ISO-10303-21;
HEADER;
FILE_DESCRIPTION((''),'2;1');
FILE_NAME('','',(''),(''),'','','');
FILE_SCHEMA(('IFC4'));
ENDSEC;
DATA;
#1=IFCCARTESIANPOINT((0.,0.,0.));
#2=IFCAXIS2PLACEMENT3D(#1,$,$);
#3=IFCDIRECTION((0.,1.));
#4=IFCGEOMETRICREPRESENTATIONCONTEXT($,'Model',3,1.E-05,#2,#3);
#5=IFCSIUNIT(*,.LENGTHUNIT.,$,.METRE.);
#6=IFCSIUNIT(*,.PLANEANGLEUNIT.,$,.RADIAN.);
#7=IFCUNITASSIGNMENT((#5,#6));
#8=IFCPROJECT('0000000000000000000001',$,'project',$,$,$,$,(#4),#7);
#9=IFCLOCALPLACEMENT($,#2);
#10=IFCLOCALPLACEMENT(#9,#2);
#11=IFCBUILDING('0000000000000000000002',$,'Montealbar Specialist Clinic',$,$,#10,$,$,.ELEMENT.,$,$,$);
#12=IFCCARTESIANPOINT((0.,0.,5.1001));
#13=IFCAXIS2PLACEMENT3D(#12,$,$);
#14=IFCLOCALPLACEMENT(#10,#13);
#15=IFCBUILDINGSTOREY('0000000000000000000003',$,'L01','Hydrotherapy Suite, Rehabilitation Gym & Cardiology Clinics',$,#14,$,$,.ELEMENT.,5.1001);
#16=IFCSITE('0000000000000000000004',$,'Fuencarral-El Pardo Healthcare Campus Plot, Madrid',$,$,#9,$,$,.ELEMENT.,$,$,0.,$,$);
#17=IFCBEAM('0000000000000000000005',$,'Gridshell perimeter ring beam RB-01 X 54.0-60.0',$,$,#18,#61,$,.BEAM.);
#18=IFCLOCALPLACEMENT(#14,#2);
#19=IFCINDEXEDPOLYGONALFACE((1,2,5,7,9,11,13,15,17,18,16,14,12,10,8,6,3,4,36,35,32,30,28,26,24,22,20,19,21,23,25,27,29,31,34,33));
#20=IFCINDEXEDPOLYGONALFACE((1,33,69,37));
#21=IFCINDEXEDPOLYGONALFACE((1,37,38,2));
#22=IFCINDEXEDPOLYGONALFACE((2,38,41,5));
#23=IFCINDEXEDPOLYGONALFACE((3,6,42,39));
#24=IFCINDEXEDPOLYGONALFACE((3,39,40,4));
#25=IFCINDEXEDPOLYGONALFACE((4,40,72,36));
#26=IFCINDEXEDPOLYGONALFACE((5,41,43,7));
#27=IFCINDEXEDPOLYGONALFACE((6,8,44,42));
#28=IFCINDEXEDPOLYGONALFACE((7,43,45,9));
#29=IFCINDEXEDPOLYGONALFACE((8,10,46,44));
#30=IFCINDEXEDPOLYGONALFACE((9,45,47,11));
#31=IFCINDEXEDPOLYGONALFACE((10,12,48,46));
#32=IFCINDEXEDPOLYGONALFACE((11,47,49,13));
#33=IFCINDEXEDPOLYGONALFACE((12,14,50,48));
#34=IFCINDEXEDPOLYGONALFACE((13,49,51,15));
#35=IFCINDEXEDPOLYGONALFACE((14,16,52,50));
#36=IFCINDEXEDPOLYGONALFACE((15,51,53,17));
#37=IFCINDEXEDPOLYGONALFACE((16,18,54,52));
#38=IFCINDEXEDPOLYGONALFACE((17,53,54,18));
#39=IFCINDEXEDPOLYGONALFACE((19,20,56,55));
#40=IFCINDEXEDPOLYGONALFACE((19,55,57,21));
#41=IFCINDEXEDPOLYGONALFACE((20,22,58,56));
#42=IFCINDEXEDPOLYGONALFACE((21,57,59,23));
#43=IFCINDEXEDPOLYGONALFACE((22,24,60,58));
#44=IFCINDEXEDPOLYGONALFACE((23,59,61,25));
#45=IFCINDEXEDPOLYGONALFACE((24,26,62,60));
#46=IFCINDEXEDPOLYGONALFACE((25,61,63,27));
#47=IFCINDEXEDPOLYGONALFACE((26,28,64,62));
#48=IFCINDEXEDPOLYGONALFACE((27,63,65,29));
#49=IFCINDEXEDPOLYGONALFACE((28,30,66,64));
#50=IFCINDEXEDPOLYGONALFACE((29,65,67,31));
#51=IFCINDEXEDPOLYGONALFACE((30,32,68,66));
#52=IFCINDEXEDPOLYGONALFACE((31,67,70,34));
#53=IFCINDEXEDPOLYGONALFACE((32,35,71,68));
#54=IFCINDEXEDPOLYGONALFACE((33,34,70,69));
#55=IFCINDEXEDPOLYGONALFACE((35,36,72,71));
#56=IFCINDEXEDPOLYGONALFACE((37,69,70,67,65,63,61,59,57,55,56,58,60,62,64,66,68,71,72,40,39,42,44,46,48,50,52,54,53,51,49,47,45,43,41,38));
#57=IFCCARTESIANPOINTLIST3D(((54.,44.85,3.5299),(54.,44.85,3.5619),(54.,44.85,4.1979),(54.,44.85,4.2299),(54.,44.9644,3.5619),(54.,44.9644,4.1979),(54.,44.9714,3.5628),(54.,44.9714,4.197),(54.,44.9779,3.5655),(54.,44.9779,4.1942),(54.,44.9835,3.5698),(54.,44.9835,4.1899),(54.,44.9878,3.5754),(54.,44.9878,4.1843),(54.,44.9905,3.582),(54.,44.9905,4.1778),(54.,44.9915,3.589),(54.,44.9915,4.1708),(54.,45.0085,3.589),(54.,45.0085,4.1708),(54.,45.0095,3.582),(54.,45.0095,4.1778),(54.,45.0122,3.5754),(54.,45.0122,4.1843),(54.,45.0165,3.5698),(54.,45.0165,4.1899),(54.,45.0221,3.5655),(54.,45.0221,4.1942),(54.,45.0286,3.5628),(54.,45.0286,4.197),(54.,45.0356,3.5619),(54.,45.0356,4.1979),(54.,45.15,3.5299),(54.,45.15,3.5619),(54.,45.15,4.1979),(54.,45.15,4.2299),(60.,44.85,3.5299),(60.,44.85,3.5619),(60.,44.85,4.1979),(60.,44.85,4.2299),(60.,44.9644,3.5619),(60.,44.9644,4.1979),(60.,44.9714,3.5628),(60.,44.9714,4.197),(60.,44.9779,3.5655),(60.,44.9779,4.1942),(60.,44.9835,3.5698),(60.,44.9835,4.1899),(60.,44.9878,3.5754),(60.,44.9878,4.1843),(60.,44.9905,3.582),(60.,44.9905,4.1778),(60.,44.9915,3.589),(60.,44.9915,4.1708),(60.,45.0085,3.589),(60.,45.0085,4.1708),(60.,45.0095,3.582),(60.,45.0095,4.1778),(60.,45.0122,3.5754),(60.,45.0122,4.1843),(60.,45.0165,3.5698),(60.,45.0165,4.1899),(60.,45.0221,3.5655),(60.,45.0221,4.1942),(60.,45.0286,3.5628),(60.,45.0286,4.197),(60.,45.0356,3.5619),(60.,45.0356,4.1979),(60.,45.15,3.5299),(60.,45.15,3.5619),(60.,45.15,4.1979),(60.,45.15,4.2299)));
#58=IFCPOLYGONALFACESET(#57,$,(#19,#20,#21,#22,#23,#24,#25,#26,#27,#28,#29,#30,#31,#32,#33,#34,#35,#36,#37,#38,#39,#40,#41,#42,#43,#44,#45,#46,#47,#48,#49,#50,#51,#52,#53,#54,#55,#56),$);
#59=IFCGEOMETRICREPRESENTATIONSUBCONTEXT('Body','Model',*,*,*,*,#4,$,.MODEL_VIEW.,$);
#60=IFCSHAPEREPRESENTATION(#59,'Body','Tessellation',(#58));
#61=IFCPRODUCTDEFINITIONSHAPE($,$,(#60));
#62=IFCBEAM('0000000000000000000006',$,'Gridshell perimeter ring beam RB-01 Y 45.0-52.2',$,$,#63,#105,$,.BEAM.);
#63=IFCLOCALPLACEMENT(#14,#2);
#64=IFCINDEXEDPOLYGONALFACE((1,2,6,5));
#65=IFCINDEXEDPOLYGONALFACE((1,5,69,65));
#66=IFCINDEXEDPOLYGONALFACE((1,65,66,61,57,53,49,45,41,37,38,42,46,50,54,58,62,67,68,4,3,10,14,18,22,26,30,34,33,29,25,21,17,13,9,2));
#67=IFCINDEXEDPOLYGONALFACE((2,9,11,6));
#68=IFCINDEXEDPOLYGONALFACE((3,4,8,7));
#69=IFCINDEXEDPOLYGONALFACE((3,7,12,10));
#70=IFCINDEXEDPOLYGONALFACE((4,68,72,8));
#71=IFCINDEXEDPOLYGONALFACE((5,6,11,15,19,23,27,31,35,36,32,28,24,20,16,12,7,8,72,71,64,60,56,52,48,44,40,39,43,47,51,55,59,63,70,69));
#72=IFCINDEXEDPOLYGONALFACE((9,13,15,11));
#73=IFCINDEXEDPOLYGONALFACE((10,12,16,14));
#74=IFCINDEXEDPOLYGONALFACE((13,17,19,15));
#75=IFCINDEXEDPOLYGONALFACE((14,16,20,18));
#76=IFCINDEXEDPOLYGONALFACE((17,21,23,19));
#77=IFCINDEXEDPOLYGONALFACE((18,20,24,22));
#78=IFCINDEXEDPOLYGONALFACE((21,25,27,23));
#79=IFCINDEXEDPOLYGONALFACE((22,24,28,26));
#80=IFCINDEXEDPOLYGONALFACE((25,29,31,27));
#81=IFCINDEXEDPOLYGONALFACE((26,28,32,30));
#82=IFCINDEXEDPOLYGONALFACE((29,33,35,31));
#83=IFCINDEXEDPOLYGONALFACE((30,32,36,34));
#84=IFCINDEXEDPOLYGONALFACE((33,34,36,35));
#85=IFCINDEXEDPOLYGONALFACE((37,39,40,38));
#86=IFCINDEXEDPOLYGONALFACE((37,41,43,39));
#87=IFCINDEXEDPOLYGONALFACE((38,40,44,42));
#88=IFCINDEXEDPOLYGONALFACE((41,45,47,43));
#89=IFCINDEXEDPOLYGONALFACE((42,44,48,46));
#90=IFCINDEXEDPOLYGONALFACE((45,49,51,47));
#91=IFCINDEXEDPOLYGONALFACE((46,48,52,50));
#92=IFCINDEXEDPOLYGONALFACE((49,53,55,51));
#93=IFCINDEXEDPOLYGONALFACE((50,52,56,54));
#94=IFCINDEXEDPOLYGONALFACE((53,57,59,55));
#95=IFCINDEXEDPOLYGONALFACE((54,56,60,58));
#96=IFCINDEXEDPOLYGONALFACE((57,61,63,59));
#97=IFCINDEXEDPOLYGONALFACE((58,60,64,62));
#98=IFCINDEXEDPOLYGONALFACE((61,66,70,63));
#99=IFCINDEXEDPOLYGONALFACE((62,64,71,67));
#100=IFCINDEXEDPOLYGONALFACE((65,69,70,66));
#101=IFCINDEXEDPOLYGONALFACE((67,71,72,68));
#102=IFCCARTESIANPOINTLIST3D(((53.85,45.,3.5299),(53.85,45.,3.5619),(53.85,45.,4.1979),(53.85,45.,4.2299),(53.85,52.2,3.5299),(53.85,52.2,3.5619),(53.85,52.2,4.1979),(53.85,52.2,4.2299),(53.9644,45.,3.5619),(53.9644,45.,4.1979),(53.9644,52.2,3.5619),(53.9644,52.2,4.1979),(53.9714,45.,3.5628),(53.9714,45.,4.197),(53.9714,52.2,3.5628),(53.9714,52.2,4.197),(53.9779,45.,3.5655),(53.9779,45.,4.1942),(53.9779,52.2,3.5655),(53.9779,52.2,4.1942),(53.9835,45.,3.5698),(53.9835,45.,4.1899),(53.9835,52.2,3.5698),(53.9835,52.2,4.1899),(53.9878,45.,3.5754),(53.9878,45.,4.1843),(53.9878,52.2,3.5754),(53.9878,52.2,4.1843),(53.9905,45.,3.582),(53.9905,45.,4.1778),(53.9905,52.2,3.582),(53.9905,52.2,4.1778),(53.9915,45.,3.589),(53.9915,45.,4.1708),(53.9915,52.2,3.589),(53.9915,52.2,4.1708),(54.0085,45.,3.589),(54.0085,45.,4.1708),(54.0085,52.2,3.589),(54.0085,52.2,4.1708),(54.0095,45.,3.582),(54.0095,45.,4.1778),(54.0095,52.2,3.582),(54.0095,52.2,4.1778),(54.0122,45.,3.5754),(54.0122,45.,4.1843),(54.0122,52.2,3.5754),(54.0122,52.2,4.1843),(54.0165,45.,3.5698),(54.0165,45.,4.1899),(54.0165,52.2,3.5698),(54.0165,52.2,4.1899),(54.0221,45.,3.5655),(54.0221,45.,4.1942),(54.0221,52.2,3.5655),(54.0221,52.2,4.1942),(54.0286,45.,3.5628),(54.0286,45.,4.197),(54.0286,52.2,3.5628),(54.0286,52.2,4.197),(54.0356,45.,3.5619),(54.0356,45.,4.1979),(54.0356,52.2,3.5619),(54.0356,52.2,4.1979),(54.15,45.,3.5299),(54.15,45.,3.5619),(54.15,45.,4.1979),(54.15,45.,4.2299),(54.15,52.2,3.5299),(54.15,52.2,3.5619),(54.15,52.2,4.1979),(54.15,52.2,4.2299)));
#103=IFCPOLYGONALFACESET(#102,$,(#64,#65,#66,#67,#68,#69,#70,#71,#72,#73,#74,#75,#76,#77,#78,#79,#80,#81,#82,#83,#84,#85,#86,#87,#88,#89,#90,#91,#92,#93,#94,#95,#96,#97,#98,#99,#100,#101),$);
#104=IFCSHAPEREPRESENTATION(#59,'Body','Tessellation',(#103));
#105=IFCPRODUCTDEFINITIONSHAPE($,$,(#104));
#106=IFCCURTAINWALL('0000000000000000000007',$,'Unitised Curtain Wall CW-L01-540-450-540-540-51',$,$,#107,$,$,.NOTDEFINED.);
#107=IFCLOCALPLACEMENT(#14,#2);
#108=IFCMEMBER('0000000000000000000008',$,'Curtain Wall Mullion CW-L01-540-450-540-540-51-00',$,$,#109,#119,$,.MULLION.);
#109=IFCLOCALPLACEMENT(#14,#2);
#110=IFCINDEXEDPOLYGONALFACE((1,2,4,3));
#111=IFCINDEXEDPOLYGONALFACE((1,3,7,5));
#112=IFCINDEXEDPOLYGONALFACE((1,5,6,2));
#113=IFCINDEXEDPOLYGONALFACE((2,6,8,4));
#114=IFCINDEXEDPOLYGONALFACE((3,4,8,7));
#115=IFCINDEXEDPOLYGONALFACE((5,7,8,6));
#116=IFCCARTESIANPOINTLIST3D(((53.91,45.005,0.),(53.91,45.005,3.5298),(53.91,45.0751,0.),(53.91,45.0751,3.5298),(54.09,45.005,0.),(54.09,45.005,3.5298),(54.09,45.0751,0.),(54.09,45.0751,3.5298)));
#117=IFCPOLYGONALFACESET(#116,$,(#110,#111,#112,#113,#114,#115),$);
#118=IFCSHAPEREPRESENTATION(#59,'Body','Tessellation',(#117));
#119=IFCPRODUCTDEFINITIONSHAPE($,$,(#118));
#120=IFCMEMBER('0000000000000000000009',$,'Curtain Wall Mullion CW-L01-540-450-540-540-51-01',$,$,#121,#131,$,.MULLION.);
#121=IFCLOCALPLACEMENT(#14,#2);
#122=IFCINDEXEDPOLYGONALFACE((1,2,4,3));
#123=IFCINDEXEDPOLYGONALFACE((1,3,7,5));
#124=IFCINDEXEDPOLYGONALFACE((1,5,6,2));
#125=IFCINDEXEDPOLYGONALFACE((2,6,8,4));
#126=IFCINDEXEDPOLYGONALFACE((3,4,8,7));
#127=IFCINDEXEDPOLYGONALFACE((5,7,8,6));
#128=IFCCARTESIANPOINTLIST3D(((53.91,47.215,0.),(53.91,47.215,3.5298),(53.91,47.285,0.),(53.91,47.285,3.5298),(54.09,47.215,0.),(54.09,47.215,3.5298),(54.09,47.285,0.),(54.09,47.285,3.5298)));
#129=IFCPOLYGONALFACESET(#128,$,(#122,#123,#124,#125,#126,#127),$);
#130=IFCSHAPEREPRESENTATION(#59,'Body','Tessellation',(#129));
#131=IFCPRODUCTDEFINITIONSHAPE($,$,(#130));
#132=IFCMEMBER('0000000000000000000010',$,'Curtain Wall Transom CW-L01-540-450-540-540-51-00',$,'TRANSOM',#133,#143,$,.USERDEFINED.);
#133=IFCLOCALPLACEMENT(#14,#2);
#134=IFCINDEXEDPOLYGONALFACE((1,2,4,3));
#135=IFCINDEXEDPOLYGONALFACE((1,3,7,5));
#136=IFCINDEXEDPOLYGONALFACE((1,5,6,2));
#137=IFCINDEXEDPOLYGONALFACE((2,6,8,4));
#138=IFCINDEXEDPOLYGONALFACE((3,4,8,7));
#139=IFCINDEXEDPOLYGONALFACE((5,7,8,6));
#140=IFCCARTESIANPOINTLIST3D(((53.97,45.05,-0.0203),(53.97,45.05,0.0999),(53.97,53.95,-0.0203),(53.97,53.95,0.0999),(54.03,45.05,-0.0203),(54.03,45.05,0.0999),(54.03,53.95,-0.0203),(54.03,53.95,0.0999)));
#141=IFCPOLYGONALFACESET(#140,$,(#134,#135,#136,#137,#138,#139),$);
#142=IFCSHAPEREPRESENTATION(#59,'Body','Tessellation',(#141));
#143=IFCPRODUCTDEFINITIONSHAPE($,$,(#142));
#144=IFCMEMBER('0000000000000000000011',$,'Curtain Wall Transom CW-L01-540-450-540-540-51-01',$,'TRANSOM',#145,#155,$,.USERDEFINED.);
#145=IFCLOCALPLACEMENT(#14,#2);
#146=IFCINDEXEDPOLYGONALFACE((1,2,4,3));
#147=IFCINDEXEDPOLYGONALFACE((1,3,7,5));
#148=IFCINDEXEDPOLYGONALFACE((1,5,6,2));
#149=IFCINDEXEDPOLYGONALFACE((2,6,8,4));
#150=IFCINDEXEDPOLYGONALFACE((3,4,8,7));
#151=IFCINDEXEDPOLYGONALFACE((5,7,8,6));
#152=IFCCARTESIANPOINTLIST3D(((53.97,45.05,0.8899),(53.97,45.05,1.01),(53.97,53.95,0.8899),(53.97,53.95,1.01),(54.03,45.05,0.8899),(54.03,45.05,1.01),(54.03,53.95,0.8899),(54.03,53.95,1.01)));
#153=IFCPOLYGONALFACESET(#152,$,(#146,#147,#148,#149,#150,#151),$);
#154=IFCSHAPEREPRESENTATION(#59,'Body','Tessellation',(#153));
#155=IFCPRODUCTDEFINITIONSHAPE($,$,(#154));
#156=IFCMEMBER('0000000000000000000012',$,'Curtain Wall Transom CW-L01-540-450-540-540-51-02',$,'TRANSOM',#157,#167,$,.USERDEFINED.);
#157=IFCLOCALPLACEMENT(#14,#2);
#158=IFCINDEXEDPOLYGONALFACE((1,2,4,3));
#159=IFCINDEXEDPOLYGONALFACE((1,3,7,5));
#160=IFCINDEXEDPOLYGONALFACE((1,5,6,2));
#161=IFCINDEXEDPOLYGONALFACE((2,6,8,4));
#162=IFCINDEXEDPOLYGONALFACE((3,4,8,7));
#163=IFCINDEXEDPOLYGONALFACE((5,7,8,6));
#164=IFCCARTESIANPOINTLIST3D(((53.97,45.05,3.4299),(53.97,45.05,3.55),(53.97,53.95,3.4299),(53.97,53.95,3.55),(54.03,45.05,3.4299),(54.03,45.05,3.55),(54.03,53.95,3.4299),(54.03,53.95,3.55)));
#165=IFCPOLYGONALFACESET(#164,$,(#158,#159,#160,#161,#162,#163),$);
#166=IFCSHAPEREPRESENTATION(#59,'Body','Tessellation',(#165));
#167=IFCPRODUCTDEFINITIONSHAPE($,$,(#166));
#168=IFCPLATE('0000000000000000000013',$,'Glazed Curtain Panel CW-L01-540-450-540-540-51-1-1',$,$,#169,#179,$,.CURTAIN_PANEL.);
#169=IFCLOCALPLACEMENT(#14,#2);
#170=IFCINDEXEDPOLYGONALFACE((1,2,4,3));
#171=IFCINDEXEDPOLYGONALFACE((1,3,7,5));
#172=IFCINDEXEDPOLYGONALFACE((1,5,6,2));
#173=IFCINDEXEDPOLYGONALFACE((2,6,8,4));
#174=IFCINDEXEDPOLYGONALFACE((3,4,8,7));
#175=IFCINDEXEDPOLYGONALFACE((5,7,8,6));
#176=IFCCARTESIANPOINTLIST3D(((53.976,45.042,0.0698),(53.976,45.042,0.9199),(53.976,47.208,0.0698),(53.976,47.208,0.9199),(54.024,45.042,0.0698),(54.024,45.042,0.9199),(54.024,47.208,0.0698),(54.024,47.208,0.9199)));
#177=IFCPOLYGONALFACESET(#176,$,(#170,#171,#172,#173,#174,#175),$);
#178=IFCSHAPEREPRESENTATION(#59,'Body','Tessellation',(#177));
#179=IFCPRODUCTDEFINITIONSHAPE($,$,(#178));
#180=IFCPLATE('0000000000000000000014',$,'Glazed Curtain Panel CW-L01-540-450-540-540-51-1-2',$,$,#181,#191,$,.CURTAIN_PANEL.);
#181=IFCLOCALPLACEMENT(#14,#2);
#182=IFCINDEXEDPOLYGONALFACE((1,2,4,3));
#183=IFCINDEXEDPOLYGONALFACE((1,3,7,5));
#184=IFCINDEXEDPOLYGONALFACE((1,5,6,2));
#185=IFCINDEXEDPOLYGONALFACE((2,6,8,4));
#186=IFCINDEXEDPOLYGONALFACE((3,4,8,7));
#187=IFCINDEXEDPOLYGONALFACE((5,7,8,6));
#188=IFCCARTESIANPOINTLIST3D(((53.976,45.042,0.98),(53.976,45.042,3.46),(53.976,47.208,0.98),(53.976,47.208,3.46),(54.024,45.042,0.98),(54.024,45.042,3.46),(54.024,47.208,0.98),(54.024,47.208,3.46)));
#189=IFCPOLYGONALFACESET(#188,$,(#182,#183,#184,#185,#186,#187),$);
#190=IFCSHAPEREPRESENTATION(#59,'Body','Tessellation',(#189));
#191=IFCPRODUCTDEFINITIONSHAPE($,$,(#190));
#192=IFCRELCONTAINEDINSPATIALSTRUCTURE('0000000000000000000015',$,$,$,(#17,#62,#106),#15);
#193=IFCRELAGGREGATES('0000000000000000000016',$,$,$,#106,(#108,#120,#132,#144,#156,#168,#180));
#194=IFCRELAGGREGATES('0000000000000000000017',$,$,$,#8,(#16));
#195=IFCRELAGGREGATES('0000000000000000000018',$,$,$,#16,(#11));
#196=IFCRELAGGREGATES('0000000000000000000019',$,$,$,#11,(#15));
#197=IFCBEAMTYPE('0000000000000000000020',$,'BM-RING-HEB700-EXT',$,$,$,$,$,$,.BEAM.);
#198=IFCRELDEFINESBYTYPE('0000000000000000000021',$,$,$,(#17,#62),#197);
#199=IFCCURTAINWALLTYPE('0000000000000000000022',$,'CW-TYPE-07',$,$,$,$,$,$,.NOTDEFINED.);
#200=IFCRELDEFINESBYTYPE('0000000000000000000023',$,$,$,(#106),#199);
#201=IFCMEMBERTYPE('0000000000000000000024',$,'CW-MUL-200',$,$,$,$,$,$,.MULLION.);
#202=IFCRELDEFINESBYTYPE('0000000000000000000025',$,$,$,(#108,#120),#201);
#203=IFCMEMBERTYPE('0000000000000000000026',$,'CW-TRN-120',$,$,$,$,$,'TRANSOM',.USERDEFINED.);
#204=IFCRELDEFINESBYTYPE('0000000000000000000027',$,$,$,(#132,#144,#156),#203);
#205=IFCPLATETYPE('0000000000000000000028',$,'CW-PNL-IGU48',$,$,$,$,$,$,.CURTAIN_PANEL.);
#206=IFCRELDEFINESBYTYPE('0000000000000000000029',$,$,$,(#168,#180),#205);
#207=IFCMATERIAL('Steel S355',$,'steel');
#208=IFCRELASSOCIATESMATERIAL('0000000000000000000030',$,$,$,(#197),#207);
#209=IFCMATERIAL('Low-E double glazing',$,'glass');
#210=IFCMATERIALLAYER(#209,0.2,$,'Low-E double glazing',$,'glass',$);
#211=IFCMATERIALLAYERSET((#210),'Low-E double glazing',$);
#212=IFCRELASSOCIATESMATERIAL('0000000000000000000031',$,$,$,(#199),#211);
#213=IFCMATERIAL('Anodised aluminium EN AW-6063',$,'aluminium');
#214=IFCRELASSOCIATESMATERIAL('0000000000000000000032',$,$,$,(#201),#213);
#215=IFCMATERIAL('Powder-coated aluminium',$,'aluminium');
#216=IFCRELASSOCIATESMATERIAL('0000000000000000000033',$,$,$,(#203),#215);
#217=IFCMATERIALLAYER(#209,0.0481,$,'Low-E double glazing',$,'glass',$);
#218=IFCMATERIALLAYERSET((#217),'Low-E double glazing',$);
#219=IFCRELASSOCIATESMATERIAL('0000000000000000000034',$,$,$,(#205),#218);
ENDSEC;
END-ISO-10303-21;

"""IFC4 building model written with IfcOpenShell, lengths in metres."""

from ifc_helpers import new_model, si_unit, direction, frame, origin, origin_2d, place, context, subcontext, project, spatial, rectangle, i_section, extrude, material, layer, layer_set, material_profile, profile_set, type_object, element, aggregate, save


model = new_model("IFC4")

# Units and contexts
model_context = context("Model", 3, precision=1e-05, world=origin(), true_north=direction((0.0, 1.0)))
body_context = subcontext(model_context, "Body", "Model", "MODEL_VIEW")
ifc_project = project(units=[si_unit("LENGTHUNIT", "METRE"), si_unit("PLANEANGLEUNIT", "RADIAN")], contexts=[model_context])

# Site, building, storey
site_placement = place(None, origin())
site = spatial("IfcSite", under=ifc_project, at=site_placement, Name="Fuencarral-El Pardo Healthcare Campus Plot, Madrid", CompositionType="ELEMENT", RefElevation=0.0)
building_placement = place(site_placement, origin())
building = spatial("IfcBuilding", under=site, at=building_placement, Name="Montealbar Specialist Clinic", CompositionType="ELEMENT")
storey_placement = place(building_placement, frame((0.0, 0.0, 5.1001)))
storey = spatial("IfcBuildingStorey", under=building, at=storey_placement, Name="L01", Description="Hydrotherapy Suite, Rehabilitation Gym & Cardiology Clinics", CompositionType="ELEMENT", Elevation=5.1001)

# Shared definitions
ifc_material_1 = material(Name="Steel S355", Category="steel")

# Beams
ifc_material_profile_1 = material_profile(ifc_material_1, i_section(OverallWidth=0.3, OverallDepth=0.7, WebThickness=0.0171, FlangeThickness=0.032, FilletRadius=0.0271, at=origin_2d()), Name="HEB 700", Category="steel")
ifc_profile_set_1 = profile_set([ifc_material_profile_1], Name="Steel S355")
beam_type_1 = type_object("IfcBeamType", Name="BM-RING-HEB700-EXT", PredefinedType="BEAM", material=ifc_profile_set_1)
beam_1_placement = place(storey_placement, frame((54.0, 45.0, 3.8799), z_axis=(1.0, 0.0, 0.0), x_axis=(0.0, 1.0, 0.0)))
element("IfcBeam", 1, at=beam_1_placement, inside=storey, type_object=beam_type_1, Name="Gridshell perimeter ring beam RB-01 X 54.0-60.0", PredefinedType="BEAM", context=body_context, shape_type="SweptSolid", body=[
    extrude(i_section(OverallWidth=0.3, OverallDepth=0.7, WebThickness=0.0171, FlangeThickness=0.032, FilletRadius=0.0271, at=origin_2d()), origin(), (0.0, 0.0, 1.0), 6.0),
])
beam_2_placement = place(storey_placement, frame((54.0, 45.0, 3.8799), z_axis=(0.0, 1.0, 0.0), x_axis=(-1.0, 0.0, 0.0)))
element("IfcBeam", 2, at=beam_2_placement, inside=storey, type_object=beam_type_1, Name="Gridshell perimeter ring beam RB-01 Y 45.0-52.2", PredefinedType="BEAM", context=body_context, shape_type="SweptSolid", body=[
    extrude(i_section(OverallWidth=0.3, OverallDepth=0.7, WebThickness=0.0171, FlangeThickness=0.032, FilletRadius=0.0271, at=origin_2d()), origin(), (0.0, 0.0, 1.0), 7.2),
])

# Curtain wall, members, plates
ifc_material_2 = material(Name="Low-E double glazing", Category="glass")
ifc_layer_1 = layer(ifc_material_2, 0.2, Name="Low-E double glazing", Category="glass")
ifc_layer_set_1 = layer_set([ifc_layer_1], Name="Low-E double glazing")
curtain_wall_type = type_object("IfcCurtainWallType", Name="CW-TYPE-07", PredefinedType="NOTDEFINED", material=ifc_layer_set_1)
curtain_wall_placement = place(storey_placement, origin())
curtain_wall = element("IfcCurtainWall", 3, at=curtain_wall_placement, inside=storey, type_object=curtain_wall_type, Name="Unitised Curtain Wall CW-L01-540-450-540-540-51", PredefinedType="NOTDEFINED")
ifc_material_3 = material(Name="Anodised aluminium EN AW-6063", Category="aluminium")
ifc_material_profile_2 = material_profile(ifc_material_3, rectangle(XDim=0.0701, YDim=0.1799, at=origin_2d()), Name="ALU 70x180", Category="aluminium")
ifc_profile_set_2 = profile_set([ifc_material_profile_2], Name="Anodised aluminium EN AW-6063")
member_type_1 = type_object("IfcMemberType", Name="CW-MUL-200", PredefinedType="MULLION", material=ifc_profile_set_2)
member_1_placement = place(storey_placement, frame((54.0, 45.04, 0.0), z_axis=(0.0, 0.0, 1.0), x_axis=(0.0, 1.0, 0.0)))
member_1 = element("IfcMember", 4, at=member_1_placement, type_object=member_type_1, Name="Curtain Wall Mullion CW-L01-540-450-540-540-51-00", PredefinedType="MULLION", context=body_context, shape_type="SweptSolid", body=[
    extrude(rectangle(XDim=0.0701, YDim=0.1799, at=origin_2d()), origin(), (0.0, 0.0, 1.0), 3.5298),
])
member_2_placement = place(storey_placement, frame((54.0, 47.25, 0.0), z_axis=(0.0, 0.0, 1.0), x_axis=(0.0, 1.0, 0.0)))
member_2 = element("IfcMember", 5, at=member_2_placement, type_object=member_type_1, Name="Curtain Wall Mullion CW-L01-540-450-540-540-51-01", PredefinedType="MULLION", context=body_context, shape_type="SweptSolid", body=[
    extrude(rectangle(XDim=0.0701, YDim=0.1799, at=origin_2d()), origin(), (0.0, 0.0, 1.0), 3.5298),
])
ifc_material_4 = material(Name="Powder-coated aluminium", Category="aluminium")
ifc_material_profile_3 = material_profile(ifc_material_4, rectangle(XDim=0.0601, YDim=0.1201, at=origin_2d()), Name="ALU 60x120", Category="aluminium")
ifc_profile_set_3 = profile_set([ifc_material_profile_3], Name="Powder-coated aluminium")
member_type_2 = type_object("IfcMemberType", Name="CW-TRN-120", ElementType="TRANSOM", PredefinedType="USERDEFINED", material=ifc_profile_set_3)
member_3_placement = place(storey_placement, frame((54.0, 45.05, 0.0398), z_axis=(0.0, 1.0, 0.0), x_axis=(-1.0, 0.0, 0.0)))
member_3 = element("IfcMember", 6, at=member_3_placement, type_object=member_type_2, Name="Curtain Wall Transom CW-L01-540-450-540-540-51-00", ObjectType="TRANSOM", PredefinedType="USERDEFINED", context=body_context, shape_type="SweptSolid", body=[
    extrude(rectangle(XDim=0.0601, YDim=0.1201, at=origin_2d()), origin(), (0.0, 0.0, 1.0), 8.8999),
])
member_4_placement = place(storey_placement, frame((54.0, 45.05, 0.95), z_axis=(0.0, 1.0, 0.0), x_axis=(-1.0, 0.0, 0.0)))
member_4 = element("IfcMember", 7, at=member_4_placement, type_object=member_type_2, Name="Curtain Wall Transom CW-L01-540-450-540-540-51-01", ObjectType="TRANSOM", PredefinedType="USERDEFINED", context=body_context, shape_type="SweptSolid", body=[
    extrude(rectangle(XDim=0.0601, YDim=0.1201, at=origin_2d()), origin(), (0.0, 0.0, 1.0), 8.8999),
])
member_5_placement = place(storey_placement, frame((54.0, 45.05, 3.49), z_axis=(0.0, 1.0, 0.0), x_axis=(-1.0, 0.0, 0.0)))
member_5 = element("IfcMember", 8, at=member_5_placement, type_object=member_type_2, Name="Curtain Wall Transom CW-L01-540-450-540-540-51-02", ObjectType="TRANSOM", PredefinedType="USERDEFINED", context=body_context, shape_type="SweptSolid", body=[
    extrude(rectangle(XDim=0.0601, YDim=0.1201, at=origin_2d()), origin(), (0.0, 0.0, 1.0), 8.8999),
])
ifc_layer_2 = layer(ifc_material_2, 0.0481, Name="Low-E double glazing", Category="glass")
ifc_layer_set_2 = layer_set([ifc_layer_2], Name="Low-E double glazing")
plate_type_1 = type_object("IfcPlateType", Name="CW-PNL-IGU48", PredefinedType="CURTAIN_PANEL", material=ifc_layer_set_2)
plate_1_placement = place(storey_placement, frame((54.0, 46.125, 0.0698), z_axis=(0.0, 0.0, 1.0), x_axis=(0.0, 1.0, 0.0)))
plate_1 = element("IfcPlate", 9, at=plate_1_placement, type_object=plate_type_1, Name="Glazed Curtain Panel CW-L01-540-450-540-540-51-1-1", PredefinedType="CURTAIN_PANEL", context=body_context, shape_type="SweptSolid", body=[
    extrude(rectangle(XDim=2.166, YDim=0.0481, at=origin_2d()), origin(), (0.0, 0.0, 1.0), 0.8501),
])
plate_2_placement = place(storey_placement, frame((54.0, 46.125, 0.98), z_axis=(0.0, 0.0, 1.0), x_axis=(0.0, 1.0, 0.0)))
plate_2 = element("IfcPlate", 10, at=plate_2_placement, type_object=plate_type_1, Name="Glazed Curtain Panel CW-L01-540-450-540-540-51-1-2", PredefinedType="CURTAIN_PANEL", context=body_context, shape_type="SweptSolid", body=[
    extrude(rectangle(XDim=2.166, YDim=0.0481, at=origin_2d()), origin(), (0.0, 0.0, 1.0), 2.48),
])
aggregate(curtain_wall, [member_1, member_2, member_3, member_4, member_5, plate_1, plate_2])

save(model, "model.ifc")
